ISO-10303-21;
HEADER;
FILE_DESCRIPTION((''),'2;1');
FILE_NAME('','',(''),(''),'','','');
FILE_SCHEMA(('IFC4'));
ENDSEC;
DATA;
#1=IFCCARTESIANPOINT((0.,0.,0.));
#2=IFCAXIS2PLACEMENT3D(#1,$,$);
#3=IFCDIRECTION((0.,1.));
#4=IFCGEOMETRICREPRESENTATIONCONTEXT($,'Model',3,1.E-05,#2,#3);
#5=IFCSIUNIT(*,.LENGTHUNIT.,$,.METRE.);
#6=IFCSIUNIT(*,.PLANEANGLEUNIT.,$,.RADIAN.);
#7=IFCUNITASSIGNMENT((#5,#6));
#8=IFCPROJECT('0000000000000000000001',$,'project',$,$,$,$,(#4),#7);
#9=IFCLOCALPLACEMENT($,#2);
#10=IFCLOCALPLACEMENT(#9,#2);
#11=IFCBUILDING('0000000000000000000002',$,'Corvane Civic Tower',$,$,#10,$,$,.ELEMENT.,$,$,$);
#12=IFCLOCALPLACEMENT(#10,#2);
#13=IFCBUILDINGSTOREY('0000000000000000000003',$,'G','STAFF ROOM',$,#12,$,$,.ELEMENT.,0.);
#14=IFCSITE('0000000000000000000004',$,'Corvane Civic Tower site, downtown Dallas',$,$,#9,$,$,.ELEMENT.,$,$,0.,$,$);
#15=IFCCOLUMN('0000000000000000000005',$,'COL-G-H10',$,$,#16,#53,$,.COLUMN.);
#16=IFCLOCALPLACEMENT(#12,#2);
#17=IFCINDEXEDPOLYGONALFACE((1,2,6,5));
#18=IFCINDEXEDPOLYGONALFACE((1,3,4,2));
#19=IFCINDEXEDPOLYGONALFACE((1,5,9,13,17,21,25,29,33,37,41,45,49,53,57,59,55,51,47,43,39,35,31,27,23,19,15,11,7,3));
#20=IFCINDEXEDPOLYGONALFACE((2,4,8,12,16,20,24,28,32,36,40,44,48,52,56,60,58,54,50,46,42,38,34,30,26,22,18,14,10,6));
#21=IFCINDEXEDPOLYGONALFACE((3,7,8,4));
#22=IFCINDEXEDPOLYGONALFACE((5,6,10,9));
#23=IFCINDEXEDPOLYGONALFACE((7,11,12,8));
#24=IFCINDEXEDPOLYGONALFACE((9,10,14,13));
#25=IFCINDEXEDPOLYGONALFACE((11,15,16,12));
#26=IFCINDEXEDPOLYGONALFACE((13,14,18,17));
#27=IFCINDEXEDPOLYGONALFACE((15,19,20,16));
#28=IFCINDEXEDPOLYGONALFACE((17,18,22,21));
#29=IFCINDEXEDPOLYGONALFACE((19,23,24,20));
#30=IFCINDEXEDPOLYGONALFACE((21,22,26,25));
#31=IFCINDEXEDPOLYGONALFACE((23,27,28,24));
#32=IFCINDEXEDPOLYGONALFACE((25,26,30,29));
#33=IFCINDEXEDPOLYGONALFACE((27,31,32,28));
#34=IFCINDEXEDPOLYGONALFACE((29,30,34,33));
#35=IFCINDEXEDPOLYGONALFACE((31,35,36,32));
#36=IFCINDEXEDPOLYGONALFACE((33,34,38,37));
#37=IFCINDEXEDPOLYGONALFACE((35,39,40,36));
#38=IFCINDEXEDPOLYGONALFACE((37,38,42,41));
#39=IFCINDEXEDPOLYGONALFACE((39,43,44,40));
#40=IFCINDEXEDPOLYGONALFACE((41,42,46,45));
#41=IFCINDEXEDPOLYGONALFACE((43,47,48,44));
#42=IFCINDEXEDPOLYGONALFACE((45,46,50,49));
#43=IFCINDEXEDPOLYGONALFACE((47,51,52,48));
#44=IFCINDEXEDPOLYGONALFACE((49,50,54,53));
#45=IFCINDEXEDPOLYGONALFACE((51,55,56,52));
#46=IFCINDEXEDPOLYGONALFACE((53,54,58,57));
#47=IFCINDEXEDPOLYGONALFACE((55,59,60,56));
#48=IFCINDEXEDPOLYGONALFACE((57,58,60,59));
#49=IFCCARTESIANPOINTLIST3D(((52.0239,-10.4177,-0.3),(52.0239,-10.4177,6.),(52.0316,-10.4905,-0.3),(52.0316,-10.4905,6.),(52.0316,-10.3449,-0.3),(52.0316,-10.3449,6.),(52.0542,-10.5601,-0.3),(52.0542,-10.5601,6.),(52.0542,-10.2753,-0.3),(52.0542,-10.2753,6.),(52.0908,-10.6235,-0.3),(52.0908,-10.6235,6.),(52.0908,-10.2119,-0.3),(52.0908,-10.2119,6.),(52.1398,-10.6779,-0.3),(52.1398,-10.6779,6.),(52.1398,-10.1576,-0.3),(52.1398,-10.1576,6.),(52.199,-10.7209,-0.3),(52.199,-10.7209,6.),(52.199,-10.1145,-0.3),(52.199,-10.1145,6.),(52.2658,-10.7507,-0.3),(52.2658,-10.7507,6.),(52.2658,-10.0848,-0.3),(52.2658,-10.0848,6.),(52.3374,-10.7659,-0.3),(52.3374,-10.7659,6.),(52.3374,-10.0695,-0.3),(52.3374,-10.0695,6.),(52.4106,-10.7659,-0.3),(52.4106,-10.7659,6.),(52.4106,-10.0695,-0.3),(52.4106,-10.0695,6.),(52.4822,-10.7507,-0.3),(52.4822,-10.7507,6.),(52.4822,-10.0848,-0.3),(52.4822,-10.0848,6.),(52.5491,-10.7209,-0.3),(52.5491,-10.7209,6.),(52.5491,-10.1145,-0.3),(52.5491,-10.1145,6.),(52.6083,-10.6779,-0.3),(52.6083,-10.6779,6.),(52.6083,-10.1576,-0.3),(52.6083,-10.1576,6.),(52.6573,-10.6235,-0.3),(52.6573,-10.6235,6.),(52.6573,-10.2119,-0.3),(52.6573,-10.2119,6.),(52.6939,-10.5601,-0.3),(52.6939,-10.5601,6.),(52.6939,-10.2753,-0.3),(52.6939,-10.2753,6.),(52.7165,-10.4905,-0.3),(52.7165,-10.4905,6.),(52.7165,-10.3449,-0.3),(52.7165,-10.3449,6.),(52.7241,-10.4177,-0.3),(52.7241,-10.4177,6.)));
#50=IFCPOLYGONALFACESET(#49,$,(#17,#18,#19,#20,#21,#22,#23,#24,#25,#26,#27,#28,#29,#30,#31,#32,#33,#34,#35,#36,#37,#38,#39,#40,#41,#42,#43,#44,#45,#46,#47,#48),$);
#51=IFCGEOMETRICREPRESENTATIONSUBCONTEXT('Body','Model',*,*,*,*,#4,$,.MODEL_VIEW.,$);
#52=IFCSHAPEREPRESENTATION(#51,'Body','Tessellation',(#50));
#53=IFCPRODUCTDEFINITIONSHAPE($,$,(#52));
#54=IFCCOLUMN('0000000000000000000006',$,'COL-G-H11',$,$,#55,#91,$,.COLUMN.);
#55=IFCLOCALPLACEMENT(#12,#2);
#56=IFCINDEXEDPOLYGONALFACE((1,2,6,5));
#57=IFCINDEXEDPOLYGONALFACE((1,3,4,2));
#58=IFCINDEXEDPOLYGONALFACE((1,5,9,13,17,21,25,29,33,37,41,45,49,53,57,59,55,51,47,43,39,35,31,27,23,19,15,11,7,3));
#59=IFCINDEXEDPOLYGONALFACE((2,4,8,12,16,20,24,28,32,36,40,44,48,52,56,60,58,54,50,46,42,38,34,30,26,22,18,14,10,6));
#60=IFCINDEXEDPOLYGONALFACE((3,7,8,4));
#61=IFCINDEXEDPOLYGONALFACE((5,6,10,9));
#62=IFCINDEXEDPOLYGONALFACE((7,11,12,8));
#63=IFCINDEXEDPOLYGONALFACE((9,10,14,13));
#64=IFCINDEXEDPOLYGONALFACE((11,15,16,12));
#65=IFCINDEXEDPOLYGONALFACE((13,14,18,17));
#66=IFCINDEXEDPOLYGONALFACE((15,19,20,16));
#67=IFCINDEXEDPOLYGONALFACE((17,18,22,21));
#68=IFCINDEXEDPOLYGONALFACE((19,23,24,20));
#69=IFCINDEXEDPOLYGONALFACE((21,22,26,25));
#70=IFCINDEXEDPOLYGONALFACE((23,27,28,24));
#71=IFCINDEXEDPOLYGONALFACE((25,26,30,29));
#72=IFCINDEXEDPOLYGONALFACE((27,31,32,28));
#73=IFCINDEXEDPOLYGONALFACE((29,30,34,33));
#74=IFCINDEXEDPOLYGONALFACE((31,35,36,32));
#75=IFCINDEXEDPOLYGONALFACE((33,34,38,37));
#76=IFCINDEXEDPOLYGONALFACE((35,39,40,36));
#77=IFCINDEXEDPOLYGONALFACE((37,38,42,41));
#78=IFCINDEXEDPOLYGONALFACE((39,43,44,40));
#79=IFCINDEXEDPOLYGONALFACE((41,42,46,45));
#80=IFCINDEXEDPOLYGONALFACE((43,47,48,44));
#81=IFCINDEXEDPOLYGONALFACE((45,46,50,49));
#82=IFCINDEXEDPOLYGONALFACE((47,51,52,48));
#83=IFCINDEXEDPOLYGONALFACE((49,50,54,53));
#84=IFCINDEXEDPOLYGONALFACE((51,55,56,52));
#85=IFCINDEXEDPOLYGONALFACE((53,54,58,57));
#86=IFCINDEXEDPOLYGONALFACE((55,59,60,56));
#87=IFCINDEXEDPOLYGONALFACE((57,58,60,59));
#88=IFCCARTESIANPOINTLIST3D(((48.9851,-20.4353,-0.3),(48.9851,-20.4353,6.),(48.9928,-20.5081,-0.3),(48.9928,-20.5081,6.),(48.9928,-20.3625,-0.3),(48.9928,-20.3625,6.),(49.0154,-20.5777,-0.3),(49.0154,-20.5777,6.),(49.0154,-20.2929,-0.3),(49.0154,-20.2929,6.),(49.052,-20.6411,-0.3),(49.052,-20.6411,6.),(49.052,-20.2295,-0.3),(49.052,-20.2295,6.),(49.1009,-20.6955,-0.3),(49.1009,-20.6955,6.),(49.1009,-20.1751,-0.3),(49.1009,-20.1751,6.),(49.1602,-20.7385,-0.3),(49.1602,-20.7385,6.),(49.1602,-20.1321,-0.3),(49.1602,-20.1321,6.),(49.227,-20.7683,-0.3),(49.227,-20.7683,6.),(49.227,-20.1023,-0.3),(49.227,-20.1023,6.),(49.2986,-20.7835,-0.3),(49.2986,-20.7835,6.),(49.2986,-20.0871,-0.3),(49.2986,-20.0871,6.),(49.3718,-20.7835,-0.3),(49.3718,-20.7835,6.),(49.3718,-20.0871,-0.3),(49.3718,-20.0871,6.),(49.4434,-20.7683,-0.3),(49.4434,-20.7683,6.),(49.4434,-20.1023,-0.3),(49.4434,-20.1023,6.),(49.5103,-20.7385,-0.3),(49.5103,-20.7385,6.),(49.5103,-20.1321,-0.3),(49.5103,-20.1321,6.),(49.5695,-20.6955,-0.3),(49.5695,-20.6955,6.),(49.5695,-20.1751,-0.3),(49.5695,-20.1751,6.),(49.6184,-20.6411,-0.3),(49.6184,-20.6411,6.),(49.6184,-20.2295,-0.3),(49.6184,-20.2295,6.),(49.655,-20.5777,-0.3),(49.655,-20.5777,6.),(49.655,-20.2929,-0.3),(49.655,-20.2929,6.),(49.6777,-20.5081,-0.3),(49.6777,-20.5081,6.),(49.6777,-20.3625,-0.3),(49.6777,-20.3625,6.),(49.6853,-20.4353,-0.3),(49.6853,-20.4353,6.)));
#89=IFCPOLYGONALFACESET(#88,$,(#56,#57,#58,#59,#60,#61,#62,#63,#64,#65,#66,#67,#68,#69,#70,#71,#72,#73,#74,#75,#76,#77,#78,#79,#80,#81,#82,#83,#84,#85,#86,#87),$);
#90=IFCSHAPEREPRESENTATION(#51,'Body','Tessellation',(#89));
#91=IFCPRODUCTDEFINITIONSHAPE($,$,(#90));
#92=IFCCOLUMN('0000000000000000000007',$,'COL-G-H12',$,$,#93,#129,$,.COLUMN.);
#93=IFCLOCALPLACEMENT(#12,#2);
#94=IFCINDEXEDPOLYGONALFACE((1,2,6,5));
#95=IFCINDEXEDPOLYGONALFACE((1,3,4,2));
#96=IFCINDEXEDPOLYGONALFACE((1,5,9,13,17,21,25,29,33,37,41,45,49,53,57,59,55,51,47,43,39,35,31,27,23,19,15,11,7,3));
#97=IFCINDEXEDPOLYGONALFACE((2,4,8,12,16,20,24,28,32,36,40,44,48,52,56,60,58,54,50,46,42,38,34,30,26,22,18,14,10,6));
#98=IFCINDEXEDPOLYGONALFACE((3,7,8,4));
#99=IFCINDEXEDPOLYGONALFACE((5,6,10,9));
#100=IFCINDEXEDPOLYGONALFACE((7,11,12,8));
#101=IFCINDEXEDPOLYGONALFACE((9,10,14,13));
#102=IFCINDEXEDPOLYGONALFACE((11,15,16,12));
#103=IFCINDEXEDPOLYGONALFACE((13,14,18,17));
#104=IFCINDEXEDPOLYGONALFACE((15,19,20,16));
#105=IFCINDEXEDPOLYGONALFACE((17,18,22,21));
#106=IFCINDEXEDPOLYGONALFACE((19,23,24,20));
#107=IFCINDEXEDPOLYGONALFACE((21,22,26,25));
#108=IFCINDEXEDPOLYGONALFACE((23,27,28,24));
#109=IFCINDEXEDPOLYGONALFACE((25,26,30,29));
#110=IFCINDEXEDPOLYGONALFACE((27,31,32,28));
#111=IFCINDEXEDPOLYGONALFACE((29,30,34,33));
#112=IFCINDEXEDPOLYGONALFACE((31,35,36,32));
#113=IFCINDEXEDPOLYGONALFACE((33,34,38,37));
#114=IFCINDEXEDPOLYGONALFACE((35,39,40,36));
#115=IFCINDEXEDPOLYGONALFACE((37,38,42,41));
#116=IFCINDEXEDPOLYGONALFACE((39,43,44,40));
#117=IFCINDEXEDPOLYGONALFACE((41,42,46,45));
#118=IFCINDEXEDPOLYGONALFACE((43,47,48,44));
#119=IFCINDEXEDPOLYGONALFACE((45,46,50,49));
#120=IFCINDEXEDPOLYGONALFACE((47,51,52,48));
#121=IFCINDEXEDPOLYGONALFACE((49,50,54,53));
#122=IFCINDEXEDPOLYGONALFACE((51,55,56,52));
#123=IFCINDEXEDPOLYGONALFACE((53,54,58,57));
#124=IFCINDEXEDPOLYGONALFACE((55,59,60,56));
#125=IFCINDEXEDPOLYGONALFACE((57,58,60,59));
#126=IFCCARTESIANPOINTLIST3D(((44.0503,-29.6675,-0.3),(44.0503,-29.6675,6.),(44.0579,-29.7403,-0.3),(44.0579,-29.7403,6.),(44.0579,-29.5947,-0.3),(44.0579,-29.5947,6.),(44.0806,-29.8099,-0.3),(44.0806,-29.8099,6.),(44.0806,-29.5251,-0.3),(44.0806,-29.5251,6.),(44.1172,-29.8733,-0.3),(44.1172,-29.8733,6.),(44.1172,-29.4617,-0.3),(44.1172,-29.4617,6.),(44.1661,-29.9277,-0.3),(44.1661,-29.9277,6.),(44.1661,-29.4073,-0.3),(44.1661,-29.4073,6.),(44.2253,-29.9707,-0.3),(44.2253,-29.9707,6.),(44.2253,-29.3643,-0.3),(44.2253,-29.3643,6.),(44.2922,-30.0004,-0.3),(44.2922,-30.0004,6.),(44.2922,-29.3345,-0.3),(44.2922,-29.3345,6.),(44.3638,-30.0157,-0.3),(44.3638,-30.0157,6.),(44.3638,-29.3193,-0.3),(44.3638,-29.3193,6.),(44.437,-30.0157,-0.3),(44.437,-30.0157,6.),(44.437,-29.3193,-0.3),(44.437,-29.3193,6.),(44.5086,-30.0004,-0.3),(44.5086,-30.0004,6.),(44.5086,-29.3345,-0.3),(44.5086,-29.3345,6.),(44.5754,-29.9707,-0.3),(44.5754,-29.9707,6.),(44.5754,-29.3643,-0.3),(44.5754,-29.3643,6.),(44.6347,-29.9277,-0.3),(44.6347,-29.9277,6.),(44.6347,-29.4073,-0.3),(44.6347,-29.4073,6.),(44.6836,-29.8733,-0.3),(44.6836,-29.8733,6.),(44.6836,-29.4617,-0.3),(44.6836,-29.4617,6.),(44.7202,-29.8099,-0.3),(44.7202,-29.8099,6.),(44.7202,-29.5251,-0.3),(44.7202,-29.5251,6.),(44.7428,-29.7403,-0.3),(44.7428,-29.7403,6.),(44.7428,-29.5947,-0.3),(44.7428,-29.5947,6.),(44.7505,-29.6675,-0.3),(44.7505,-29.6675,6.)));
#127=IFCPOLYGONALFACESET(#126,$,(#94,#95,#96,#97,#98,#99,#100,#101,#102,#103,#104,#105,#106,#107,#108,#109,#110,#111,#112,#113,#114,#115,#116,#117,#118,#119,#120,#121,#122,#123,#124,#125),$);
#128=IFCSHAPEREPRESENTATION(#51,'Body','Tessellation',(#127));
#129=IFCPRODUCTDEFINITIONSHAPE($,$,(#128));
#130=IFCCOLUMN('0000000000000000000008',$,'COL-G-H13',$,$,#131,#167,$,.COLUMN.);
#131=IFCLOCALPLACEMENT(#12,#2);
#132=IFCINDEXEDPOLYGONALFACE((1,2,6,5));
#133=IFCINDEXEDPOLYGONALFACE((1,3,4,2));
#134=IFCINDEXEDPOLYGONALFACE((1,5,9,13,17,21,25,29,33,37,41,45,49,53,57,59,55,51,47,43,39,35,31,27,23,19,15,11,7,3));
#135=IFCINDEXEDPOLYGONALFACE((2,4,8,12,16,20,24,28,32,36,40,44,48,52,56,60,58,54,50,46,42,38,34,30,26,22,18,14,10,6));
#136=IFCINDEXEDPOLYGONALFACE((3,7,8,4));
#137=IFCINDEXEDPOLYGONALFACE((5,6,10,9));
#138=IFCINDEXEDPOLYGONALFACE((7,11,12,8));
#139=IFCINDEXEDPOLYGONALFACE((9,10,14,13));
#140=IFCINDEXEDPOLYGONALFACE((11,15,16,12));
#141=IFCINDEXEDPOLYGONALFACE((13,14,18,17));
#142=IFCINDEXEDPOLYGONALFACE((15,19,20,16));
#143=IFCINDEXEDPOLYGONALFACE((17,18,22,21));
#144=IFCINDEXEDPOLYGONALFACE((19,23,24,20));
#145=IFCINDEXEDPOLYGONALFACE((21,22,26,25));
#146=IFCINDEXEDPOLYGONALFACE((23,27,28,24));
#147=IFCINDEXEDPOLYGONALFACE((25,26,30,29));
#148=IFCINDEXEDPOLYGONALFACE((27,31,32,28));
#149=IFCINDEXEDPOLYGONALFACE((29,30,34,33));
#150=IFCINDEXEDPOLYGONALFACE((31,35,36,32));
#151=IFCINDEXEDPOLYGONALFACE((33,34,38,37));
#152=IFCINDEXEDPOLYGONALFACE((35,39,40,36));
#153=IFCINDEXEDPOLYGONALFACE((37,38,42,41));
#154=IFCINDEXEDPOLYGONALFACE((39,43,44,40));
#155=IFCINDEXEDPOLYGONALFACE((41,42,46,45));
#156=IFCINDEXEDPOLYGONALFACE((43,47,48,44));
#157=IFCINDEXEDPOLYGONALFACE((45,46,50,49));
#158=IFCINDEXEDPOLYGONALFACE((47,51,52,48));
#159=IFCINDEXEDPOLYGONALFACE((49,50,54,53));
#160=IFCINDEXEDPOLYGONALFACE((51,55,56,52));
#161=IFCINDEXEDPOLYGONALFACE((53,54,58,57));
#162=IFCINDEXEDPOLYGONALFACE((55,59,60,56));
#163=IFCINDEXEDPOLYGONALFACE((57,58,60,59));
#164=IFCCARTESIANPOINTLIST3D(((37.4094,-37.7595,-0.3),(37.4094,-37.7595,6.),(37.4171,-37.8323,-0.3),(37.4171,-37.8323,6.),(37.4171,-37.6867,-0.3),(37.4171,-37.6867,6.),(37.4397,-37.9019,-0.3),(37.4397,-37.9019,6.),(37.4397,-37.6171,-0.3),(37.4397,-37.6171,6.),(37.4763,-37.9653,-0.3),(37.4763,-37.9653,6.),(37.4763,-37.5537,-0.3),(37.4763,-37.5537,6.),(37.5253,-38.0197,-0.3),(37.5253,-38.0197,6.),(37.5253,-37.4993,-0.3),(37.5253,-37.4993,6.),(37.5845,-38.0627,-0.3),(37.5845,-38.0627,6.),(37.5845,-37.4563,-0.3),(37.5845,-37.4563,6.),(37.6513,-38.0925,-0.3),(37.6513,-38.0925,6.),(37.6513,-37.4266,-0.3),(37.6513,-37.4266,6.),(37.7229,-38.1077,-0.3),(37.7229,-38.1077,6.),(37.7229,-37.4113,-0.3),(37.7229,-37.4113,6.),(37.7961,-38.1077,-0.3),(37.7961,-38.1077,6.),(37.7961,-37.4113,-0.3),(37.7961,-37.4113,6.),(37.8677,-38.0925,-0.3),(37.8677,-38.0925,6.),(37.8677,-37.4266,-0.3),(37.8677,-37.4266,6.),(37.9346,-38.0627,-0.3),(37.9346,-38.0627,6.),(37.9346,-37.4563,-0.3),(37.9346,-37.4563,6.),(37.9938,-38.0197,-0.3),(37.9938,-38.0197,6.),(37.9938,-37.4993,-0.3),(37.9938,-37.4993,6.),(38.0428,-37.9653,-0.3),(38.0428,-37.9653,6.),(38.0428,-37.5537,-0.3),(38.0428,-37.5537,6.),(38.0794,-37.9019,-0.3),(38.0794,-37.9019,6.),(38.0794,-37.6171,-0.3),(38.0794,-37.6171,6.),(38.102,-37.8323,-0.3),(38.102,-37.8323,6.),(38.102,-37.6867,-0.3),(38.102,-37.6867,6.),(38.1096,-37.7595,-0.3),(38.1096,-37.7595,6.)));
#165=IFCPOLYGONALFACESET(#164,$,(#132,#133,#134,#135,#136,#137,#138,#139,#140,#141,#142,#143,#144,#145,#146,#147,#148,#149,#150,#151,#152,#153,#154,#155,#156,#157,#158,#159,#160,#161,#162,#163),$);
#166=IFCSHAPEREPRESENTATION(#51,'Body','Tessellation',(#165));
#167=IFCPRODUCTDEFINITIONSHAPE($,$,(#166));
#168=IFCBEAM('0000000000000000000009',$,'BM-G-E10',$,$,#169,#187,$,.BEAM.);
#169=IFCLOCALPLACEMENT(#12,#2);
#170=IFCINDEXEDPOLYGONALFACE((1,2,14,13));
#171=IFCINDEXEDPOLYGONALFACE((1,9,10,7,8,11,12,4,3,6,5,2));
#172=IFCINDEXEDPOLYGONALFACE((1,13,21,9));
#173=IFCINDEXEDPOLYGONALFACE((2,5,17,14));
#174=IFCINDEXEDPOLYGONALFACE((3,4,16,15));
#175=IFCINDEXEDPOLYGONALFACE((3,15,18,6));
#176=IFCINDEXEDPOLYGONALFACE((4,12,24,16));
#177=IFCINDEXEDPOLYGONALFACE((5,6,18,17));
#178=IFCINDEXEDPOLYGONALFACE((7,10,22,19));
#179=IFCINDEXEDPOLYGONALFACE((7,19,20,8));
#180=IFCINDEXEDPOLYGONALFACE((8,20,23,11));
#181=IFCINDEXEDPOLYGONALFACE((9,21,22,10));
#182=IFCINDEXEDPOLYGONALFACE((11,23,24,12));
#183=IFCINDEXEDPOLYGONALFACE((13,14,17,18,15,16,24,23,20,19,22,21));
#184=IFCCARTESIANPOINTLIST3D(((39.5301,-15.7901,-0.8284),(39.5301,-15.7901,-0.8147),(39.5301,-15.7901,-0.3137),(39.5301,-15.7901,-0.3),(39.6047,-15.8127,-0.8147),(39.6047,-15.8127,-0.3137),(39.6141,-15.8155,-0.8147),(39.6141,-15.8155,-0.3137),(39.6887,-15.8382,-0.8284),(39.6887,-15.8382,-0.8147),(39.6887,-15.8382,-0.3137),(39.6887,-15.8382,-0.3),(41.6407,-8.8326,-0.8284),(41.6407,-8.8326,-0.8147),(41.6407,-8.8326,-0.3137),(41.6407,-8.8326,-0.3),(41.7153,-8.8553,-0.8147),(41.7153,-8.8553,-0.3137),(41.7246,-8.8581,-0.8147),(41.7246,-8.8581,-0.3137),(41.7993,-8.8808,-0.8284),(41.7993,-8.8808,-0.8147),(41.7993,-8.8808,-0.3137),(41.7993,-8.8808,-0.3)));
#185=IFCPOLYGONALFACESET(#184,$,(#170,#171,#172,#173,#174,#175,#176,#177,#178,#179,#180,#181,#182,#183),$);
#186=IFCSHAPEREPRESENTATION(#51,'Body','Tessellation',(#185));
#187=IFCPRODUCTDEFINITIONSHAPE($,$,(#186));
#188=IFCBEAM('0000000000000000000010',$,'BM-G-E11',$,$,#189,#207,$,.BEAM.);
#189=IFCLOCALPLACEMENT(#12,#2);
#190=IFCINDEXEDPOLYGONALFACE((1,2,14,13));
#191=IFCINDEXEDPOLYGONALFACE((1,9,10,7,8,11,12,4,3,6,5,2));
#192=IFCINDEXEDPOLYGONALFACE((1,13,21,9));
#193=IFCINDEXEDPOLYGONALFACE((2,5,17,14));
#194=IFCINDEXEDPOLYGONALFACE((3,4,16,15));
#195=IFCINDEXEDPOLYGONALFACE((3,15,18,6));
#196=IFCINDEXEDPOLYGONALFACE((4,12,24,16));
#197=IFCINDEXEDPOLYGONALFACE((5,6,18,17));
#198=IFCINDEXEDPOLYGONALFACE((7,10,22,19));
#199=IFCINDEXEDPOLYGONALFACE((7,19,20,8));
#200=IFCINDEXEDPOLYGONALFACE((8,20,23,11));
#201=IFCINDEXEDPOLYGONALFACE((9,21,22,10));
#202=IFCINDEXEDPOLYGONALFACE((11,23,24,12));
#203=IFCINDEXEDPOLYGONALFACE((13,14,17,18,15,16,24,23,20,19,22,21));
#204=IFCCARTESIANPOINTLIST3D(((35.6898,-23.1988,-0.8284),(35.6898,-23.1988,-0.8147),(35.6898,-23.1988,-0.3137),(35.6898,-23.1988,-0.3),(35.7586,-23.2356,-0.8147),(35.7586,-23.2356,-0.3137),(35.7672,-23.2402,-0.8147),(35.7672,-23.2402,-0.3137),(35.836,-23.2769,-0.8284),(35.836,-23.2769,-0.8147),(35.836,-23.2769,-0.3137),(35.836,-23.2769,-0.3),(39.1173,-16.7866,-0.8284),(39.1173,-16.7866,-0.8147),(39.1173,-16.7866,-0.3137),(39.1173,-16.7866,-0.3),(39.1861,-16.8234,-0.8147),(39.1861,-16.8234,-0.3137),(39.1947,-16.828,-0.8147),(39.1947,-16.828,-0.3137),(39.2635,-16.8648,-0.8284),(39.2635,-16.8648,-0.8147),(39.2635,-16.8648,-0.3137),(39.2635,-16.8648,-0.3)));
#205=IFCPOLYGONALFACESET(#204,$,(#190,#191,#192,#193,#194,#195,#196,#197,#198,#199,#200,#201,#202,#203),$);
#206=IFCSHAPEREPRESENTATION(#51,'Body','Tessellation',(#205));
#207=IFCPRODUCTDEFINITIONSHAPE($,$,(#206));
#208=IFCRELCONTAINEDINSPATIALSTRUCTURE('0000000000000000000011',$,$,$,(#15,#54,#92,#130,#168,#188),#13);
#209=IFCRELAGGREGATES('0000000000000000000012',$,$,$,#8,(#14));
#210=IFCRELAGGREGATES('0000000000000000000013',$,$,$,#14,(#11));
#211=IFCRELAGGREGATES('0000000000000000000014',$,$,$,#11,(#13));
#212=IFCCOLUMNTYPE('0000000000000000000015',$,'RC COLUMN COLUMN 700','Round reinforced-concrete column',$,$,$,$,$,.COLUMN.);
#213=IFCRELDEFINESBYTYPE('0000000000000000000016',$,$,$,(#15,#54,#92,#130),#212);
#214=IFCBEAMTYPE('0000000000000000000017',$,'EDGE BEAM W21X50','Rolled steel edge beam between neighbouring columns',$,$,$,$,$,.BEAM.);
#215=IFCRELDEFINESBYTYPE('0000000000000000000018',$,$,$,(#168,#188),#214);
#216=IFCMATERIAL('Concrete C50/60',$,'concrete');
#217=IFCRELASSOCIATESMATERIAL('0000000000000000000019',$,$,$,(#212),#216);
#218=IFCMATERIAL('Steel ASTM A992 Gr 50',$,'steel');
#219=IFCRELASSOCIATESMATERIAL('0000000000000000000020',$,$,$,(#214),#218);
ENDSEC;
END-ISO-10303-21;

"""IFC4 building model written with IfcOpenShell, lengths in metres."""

from ifc_helpers import new_model, si_unit, direction, frame, origin, origin_2d, place, context, subcontext, project, spatial, circle, i_section, extrude, material, material_profile, profile_set, type_object, element, save


model = new_model("IFC4")

# Units and contexts
model_context = context("Model", 3, precision=1e-05, world=origin(), true_north=direction((0.0, 1.0)))
body_context = subcontext(model_context, "Body", "Model", "MODEL_VIEW")
ifc_project = project(units=[si_unit("LENGTHUNIT", "METRE"), si_unit("PLANEANGLEUNIT", "RADIAN")], contexts=[model_context])

# Site, building, storey
site_placement = place(None, origin())
site = spatial("IfcSite", under=ifc_project, at=site_placement, Name="Corvane Civic Tower site, downtown Dallas", CompositionType="ELEMENT", RefElevation=0.0)
building_placement = place(site_placement, origin())
building = spatial("IfcBuilding", under=site, at=building_placement, Name="Corvane Civic Tower", CompositionType="ELEMENT")
storey_placement = place(building_placement, origin())
storey = spatial("IfcBuildingStorey", under=building, at=storey_placement, Name="G", Description="STAFF ROOM", CompositionType="ELEMENT", Elevation=0.0)

# Columns
ifc_material_1 = material(Name="Concrete C50/60", Category="concrete")
ifc_material_profile_1 = material_profile(ifc_material_1, circle(Radius=0.3501, at=origin_2d()), Name="COLUMN 700")
ifc_profile_set_1 = profile_set([ifc_material_profile_1], Name="Concrete C50/60")
column_type_1 = type_object("IfcColumnType", Name="RC COLUMN COLUMN 700", Description="Round reinforced-concrete column", PredefinedType="COLUMN", material=ifc_profile_set_1)
for number, where, z_axis, x_axis, name in (
    (1, (52.374, -10.4177, -0.3), (0.0, 0.0, 1.0), (1.0, 0.0, 0.0), "COL-G-H10"),
    (2, (49.3352, -20.4353, -0.3), (0.0, 0.0, 1.0), (1.0, 0.0, 0.0), "COL-G-H11"),
    (3, (44.4004, -29.6675, -0.3), (0.0, 0.0, 1.0), (1.0, 0.0, 0.0), "COL-G-H12"),
    (4, (37.7595, -37.7595, -0.3), (0.0, 0.0, 1.0), (1.0, 0.0, 0.0), "COL-G-H13"),
):
    element("IfcColumn", number, at=place(storey_placement, frame(where, z_axis=z_axis, x_axis=x_axis)), inside=storey, type_object=column_type_1, Name=name, PredefinedType="COLUMN", context=body_context, shape_type="SweptSolid", body=[
        extrude(circle(Radius=0.3501, at=origin_2d()), origin(), (0.0, 0.0, 1.0), 6.3),
    ])

# Beams
ifc_material_2 = material(Name="Steel ASTM A992 Gr 50", Category="steel")
ifc_material_profile_2 = material_profile(ifc_material_2, i_section(OverallWidth=0.1658, OverallDepth=0.5283, WebThickness=0.0098, FlangeThickness=0.0137, at=origin_2d()), Name="W21X50")
ifc_profile_set_2 = profile_set([ifc_material_profile_2], Name="Steel ASTM A992 Gr 50")
beam_type_1 = type_object("IfcBeamType", Name="EDGE BEAM W21X50", Description="Rolled steel edge beam between neighbouring columns", PredefinedType="BEAM", material=ifc_profile_set_2)
beam_1_placement = place(storey_placement, frame((41.72, -8.8567, -0.5642), z_axis=(-0.290292, -0.956938, 0.0), x_axis=(0.956938, -0.290292, 0.0)))
element("IfcBeam", 5, at=beam_1_placement, inside=storey, type_object=beam_type_1, Name="BM-G-E10", PredefinedType="BEAM", context=body_context, shape_type="SweptSolid", body=[
    extrude(i_section(OverallWidth=0.1658, OverallDepth=0.5283, WebThickness=0.0098, FlangeThickness=0.0137, at=origin_2d()), origin(), (0.0, 0.0, 1.0), 7.2705),
])
for number, where, z_axis, x_axis, name in (
    (6, (39.1904, -16.8257, -0.5642), (-0.471412, -0.881913, 0.0), (0.881913, -0.471412, 0.0), "BM-G-E11"),
):
    element("IfcBeam", number, at=place(storey_placement, frame(where, z_axis=z_axis, x_axis=x_axis)), inside=storey, type_object=beam_type_1, Name=name, PredefinedType="BEAM", context=body_context, shape_type="SweptSolid", body=[
        extrude(i_section(OverallWidth=0.1658, OverallDepth=0.5283, WebThickness=0.0098, FlangeThickness=0.0137, at=origin_2d()), origin(), (0.0, 0.0, 1.0), 7.2708),
    ])

save(model, "model.ifc")
